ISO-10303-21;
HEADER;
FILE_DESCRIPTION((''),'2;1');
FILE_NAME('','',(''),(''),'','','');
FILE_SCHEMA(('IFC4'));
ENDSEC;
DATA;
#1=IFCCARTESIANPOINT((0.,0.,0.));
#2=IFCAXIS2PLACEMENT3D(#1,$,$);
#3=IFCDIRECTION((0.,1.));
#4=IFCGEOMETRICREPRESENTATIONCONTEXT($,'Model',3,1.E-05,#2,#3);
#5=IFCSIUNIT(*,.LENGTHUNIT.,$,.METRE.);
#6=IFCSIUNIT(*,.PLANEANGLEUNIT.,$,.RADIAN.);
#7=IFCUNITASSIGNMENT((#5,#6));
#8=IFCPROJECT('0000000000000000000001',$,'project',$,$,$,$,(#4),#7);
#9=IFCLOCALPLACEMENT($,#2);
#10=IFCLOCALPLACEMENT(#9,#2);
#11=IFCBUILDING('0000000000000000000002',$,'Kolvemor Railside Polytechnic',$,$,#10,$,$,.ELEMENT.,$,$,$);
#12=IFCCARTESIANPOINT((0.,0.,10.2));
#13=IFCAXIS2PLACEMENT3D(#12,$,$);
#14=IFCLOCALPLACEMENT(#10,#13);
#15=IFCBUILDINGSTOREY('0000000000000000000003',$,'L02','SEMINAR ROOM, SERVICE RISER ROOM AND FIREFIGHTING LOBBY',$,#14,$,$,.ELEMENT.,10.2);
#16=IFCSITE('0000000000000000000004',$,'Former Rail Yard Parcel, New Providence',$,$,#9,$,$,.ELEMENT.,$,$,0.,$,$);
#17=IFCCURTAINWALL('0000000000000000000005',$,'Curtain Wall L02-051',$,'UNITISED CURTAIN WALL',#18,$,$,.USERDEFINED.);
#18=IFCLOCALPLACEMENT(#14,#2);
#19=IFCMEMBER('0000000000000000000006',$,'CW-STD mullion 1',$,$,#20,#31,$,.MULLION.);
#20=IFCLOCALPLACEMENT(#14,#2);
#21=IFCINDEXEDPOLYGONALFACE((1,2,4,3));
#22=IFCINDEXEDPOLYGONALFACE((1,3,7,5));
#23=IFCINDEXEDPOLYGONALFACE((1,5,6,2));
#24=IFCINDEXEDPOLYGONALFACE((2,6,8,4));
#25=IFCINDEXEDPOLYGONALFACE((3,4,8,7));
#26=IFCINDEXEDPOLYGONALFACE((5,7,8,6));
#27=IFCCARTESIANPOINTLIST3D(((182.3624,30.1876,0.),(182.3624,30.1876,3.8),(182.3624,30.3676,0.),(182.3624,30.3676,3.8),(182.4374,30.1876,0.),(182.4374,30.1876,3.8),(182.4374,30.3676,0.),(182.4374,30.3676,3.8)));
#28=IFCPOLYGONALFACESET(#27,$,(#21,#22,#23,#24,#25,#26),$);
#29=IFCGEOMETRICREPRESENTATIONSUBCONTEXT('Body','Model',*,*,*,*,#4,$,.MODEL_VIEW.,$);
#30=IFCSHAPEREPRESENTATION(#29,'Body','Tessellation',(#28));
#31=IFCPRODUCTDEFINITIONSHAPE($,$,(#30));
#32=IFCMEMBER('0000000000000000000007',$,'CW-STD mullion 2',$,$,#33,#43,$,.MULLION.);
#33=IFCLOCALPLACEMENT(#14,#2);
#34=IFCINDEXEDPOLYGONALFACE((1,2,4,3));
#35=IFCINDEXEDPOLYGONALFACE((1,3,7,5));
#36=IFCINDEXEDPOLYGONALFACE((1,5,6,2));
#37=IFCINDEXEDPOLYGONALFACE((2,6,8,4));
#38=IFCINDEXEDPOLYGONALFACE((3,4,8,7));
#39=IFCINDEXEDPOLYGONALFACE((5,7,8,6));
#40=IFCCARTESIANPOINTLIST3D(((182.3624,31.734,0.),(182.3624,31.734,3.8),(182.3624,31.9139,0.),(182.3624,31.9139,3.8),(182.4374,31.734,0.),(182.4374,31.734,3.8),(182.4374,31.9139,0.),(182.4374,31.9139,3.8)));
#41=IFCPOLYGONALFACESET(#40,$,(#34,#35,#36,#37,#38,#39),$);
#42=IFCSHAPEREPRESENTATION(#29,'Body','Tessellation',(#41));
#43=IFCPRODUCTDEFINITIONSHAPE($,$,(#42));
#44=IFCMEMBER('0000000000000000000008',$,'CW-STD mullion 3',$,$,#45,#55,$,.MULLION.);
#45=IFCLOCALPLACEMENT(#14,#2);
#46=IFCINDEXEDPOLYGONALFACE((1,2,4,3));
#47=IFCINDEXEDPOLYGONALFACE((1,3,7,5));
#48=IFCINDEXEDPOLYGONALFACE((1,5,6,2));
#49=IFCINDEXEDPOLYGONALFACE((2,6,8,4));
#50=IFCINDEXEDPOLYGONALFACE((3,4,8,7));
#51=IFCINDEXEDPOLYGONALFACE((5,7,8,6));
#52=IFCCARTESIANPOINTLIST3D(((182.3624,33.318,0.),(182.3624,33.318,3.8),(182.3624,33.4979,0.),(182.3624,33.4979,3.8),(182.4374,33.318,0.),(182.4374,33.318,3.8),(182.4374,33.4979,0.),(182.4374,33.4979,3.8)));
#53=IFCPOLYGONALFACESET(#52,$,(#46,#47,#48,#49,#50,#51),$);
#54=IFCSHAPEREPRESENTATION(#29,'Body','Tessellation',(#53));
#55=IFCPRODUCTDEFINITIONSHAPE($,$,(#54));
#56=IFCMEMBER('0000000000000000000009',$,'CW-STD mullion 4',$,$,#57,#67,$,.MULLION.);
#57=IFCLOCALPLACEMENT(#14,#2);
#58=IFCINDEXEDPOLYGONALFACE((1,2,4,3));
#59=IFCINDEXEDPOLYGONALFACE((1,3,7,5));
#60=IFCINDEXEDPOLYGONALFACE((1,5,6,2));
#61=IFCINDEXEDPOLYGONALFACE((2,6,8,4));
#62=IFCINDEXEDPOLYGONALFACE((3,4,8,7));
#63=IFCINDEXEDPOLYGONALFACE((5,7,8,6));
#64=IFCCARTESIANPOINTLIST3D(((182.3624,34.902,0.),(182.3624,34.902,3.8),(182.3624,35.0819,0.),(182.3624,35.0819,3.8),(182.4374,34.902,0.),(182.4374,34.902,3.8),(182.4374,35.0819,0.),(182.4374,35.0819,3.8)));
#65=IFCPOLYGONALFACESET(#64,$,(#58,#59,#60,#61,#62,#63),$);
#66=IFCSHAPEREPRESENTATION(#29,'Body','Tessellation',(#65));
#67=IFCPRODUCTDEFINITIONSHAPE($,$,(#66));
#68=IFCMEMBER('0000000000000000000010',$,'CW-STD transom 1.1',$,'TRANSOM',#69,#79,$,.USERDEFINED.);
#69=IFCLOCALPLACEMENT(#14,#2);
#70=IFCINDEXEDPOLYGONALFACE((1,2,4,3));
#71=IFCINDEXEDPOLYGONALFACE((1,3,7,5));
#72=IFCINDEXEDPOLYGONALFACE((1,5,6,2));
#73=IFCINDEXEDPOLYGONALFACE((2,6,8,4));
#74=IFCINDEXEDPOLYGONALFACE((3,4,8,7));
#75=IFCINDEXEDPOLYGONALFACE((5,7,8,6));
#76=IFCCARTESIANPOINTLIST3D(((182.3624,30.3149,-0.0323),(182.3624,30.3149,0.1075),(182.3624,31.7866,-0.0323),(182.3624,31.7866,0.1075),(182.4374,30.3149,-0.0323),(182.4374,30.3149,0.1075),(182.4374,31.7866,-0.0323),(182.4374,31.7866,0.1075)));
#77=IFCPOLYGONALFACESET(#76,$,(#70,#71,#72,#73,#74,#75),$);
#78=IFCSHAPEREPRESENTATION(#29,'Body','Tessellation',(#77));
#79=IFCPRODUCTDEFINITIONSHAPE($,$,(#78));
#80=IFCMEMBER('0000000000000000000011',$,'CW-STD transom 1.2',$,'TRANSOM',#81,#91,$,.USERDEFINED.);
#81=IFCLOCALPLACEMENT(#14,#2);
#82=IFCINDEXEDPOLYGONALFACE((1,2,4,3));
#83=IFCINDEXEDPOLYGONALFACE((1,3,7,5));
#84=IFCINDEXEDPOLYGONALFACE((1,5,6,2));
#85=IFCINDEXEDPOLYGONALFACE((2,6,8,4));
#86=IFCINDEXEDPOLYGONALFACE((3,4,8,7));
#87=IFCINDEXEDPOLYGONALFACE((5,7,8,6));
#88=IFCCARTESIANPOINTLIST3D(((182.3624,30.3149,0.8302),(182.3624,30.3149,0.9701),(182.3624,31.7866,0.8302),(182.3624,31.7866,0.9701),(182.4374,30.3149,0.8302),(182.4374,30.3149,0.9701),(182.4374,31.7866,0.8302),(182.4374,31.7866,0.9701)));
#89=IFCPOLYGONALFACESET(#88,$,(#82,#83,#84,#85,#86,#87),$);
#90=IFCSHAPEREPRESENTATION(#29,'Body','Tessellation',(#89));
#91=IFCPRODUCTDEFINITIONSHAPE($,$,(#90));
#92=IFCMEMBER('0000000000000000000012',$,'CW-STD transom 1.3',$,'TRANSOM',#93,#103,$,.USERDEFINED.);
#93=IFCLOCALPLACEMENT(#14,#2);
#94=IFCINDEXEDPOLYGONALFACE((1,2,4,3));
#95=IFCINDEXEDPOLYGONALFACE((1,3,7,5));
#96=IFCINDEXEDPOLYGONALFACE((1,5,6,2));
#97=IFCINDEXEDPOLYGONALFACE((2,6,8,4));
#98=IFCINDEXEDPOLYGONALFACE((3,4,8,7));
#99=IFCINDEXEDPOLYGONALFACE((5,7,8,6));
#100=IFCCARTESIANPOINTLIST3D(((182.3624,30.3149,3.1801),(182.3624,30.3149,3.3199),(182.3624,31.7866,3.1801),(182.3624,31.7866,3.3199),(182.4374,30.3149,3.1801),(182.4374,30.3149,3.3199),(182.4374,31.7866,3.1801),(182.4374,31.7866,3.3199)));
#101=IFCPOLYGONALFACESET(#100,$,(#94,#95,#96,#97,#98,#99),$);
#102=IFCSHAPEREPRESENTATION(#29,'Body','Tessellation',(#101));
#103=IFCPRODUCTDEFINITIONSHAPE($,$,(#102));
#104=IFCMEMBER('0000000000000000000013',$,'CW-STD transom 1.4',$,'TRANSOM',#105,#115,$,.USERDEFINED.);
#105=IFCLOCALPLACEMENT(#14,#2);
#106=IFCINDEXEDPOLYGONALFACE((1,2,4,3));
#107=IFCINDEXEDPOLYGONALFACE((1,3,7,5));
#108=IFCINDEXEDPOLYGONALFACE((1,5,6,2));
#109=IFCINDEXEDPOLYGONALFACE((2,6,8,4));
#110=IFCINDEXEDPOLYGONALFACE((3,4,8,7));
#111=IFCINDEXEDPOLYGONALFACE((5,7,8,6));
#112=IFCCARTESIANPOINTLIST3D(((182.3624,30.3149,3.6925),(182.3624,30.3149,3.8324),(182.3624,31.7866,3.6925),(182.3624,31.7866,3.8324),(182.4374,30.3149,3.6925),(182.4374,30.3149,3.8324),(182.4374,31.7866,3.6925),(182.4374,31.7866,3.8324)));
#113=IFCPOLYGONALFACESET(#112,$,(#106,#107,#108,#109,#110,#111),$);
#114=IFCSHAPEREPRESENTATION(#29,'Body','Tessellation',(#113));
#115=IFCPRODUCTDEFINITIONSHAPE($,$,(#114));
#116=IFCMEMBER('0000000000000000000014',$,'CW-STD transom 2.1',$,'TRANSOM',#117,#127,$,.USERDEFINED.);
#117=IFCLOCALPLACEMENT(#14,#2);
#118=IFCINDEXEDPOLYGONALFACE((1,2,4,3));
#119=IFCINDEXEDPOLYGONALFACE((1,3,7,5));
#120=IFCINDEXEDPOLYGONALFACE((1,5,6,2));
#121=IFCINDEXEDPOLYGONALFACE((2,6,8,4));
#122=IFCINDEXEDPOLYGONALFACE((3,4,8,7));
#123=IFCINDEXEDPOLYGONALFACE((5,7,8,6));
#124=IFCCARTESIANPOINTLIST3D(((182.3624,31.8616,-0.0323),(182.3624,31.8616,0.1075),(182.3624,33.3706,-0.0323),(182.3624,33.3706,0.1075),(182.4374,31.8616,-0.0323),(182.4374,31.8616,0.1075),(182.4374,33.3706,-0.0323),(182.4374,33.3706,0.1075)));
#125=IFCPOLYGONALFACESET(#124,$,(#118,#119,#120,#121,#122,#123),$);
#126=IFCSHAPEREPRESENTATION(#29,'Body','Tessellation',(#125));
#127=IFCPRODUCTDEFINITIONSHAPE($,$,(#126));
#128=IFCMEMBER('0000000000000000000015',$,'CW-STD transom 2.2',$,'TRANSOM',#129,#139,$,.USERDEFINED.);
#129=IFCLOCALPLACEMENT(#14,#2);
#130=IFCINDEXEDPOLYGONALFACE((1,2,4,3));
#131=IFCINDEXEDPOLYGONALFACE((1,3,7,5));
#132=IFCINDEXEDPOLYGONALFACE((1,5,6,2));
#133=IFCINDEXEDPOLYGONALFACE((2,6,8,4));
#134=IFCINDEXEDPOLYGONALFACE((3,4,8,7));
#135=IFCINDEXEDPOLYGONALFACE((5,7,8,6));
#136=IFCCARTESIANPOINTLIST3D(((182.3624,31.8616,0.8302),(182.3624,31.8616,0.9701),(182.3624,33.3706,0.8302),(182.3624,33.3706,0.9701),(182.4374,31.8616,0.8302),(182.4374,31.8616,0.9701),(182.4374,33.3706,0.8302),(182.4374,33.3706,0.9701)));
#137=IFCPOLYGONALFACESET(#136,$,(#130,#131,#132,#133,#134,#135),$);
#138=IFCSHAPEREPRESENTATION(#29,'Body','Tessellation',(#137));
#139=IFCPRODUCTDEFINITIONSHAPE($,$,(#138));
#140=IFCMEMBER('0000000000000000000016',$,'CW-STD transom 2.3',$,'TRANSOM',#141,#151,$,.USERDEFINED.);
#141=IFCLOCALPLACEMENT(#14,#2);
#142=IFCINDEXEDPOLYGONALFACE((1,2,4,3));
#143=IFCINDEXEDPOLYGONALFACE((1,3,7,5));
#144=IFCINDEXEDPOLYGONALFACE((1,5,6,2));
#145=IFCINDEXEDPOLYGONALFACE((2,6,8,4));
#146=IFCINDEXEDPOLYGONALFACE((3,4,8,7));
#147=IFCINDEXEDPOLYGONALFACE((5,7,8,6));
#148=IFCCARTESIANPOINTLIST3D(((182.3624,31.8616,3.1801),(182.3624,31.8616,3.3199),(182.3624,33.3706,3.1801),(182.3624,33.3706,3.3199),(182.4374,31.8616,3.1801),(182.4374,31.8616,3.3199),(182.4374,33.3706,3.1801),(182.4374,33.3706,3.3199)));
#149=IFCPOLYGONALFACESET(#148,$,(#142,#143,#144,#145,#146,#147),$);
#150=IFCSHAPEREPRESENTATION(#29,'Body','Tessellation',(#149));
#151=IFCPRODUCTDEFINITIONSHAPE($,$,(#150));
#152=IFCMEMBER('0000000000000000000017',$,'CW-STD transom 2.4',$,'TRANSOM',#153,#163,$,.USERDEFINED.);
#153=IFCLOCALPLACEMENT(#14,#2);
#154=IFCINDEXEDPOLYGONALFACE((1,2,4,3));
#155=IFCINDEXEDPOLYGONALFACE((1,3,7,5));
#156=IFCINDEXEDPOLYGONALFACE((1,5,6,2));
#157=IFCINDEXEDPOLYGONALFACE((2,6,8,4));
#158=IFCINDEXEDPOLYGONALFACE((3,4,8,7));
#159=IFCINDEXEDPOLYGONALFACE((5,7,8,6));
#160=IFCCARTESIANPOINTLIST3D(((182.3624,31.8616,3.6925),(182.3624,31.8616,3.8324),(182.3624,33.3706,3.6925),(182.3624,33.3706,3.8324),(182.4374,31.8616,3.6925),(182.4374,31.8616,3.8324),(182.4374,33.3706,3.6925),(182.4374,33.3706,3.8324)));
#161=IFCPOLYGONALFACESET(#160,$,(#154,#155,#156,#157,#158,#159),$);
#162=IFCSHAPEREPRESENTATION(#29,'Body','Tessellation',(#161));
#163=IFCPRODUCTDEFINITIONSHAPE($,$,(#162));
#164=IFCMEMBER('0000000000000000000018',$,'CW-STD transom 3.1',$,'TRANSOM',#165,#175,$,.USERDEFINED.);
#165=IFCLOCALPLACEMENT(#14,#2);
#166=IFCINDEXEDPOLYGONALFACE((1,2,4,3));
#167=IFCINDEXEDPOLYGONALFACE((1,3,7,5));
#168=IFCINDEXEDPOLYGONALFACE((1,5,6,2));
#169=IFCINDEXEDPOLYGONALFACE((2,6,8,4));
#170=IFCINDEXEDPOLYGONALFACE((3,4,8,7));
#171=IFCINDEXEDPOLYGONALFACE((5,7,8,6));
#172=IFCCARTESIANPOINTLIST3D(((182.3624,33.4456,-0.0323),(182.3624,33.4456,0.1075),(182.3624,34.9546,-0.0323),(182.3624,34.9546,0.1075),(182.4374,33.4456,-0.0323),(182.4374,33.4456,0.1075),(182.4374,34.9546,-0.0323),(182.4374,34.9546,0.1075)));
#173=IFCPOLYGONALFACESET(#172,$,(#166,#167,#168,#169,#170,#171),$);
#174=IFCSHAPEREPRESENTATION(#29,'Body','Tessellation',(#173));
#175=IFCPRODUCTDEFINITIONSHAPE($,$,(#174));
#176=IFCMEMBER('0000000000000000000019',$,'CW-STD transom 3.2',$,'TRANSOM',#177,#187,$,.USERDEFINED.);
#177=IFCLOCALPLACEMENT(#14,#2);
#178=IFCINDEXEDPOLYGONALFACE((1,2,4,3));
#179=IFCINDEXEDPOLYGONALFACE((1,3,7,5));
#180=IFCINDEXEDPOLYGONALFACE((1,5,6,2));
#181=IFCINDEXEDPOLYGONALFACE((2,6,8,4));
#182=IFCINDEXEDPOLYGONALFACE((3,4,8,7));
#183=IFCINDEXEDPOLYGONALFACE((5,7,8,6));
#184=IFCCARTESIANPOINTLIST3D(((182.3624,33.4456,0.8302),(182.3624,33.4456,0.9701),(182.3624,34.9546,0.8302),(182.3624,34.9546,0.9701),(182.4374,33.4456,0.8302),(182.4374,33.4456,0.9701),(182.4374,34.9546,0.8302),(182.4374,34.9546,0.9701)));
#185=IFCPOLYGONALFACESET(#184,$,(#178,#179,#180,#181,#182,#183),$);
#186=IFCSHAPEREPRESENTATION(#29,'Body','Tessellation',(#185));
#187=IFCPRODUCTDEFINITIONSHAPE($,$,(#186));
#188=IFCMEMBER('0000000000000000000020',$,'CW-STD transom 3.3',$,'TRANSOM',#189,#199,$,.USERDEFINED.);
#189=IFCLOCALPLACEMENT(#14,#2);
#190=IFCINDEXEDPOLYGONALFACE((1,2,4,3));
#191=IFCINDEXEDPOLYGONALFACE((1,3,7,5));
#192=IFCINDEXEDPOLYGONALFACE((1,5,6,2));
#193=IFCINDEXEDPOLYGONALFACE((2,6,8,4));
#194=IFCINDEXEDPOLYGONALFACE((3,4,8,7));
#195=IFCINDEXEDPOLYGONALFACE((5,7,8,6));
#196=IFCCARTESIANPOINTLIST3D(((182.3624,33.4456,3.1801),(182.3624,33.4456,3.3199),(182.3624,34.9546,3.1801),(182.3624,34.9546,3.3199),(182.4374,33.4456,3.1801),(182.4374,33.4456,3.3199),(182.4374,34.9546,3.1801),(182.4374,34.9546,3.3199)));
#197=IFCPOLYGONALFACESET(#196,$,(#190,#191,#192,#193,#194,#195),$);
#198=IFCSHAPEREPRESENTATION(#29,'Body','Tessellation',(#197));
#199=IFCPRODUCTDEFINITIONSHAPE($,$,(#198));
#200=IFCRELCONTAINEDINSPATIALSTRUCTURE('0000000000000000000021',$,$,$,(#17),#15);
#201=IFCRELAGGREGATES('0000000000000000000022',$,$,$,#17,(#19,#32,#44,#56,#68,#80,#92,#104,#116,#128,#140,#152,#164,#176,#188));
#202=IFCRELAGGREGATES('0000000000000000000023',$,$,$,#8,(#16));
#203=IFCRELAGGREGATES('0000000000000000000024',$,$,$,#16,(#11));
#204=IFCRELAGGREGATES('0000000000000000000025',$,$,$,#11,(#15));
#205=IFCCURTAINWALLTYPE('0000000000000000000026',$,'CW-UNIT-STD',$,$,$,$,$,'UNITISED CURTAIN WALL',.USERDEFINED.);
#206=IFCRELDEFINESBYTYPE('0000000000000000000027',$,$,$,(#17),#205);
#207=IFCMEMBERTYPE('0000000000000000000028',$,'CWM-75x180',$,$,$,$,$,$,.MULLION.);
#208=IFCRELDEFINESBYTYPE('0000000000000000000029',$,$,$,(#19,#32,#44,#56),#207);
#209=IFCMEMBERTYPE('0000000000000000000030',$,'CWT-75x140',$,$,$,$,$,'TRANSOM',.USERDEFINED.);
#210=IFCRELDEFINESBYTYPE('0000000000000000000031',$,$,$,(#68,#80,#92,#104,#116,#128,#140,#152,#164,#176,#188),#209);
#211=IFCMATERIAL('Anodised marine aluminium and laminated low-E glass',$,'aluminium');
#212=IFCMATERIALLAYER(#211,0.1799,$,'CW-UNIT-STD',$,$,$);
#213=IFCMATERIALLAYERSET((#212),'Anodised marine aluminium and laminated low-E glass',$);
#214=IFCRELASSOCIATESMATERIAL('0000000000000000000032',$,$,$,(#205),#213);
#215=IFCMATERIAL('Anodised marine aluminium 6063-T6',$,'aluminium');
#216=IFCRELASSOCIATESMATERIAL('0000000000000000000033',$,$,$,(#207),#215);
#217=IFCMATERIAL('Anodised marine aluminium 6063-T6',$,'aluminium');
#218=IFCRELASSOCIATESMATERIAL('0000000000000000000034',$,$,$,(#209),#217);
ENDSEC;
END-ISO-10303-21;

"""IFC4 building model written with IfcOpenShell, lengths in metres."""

from ifc_helpers import new_model, si_unit, direction, frame, origin, origin_2d, place, context, subcontext, project, spatial, rectangle, extrude, material, layer, layer_set, material_profile, profile_set, type_object, element, aggregate, save


model = new_model("IFC4")

# Units and contexts
model_context = context("Model", 3, precision=1e-05, world=origin(), true_north=direction((0.0, 1.0)))
body_context = subcontext(model_context, "Body", "Model", "MODEL_VIEW")
ifc_project = project(units=[si_unit("LENGTHUNIT", "METRE"), si_unit("PLANEANGLEUNIT", "RADIAN")], contexts=[model_context])

# Site, building, storey
site_placement = place(None, origin())
site = spatial("IfcSite", under=ifc_project, at=site_placement, Name="Former Rail Yard Parcel, New Providence", CompositionType="ELEMENT", RefElevation=0.0)
building_placement = place(site_placement, origin())
building = spatial("IfcBuilding", under=site, at=building_placement, Name="Kolvemor Railside Polytechnic", CompositionType="ELEMENT")
storey_placement = place(building_placement, frame((0.0, 0.0, 10.2)))
storey = spatial("IfcBuildingStorey", under=building, at=storey_placement, Name="L02", Description="SEMINAR ROOM, SERVICE RISER ROOM AND FIREFIGHTING LOBBY", CompositionType="ELEMENT", Elevation=10.2)

# Curtain wall, members
ifc_material_1 = material(Name="Anodised marine aluminium and laminated low-E glass", Category="aluminium")
ifc_layer_1 = layer(ifc_material_1, 0.1799, Name="CW-UNIT-STD")
ifc_layer_set_1 = layer_set([ifc_layer_1], Name="Anodised marine aluminium and laminated low-E glass")
curtain_wall_type = type_object("IfcCurtainWallType", Name="CW-UNIT-STD", ElementType="UNITISED CURTAIN WALL", PredefinedType="USERDEFINED", material=ifc_layer_set_1)
curtain_wall_placement = place(storey_placement, origin())
curtain_wall = element("IfcCurtainWall", 1, at=curtain_wall_placement, inside=storey, type_object=curtain_wall_type, Name="Curtain Wall L02-051", ObjectType="UNITISED CURTAIN WALL", PredefinedType="USERDEFINED")
ifc_material_2 = material(Name="Anodised marine aluminium 6063-T6", Category="aluminium")
ifc_material_profile_1 = material_profile(ifc_material_2, rectangle(XDim=0.075, YDim=0.1799, at=origin_2d()), Name="CW-MUL-75x180")
ifc_profile_set_1 = profile_set([ifc_material_profile_1], Name="Anodised marine aluminium 6063-T6")
member_type_1 = type_object("IfcMemberType", Name="CWM-75x180", PredefinedType="MULLION", material=ifc_profile_set_1)
member_1_placement = place(storey_placement, frame((182.3999, 30.2776, 0.0), z_axis=(0.0, 0.0, 1.0), x_axis=(-1.0, 0.0, 0.0)))
member_1 = element("IfcMember", 2, at=member_1_placement, type_object=member_type_1, Name="CW-STD mullion 1", PredefinedType="MULLION", context=body_context, shape_type="SweptSolid", body=[
    extrude(rectangle(XDim=0.075, YDim=0.1799, at=origin_2d()), origin(), (0.0, 0.0, 1.0), 3.8),
])
member_2_placement = place(storey_placement, frame((182.3999, 31.824, 0.0), z_axis=(0.0, 0.0, 1.0), x_axis=(-1.0, 0.0, 0.0)))
member_2 = element("IfcMember", 3, at=member_2_placement, type_object=member_type_1, Name="CW-STD mullion 2", PredefinedType="MULLION", context=body_context, shape_type="SweptSolid", body=[
    extrude(rectangle(XDim=0.075, YDim=0.1799, at=origin_2d()), origin(), (0.0, 0.0, 1.0), 3.8),
])
member_3_placement = place(storey_placement, frame((182.3999, 33.408, 0.0), z_axis=(0.0, 0.0, 1.0), x_axis=(-1.0, 0.0, 0.0)))
member_3 = element("IfcMember", 4, at=member_3_placement, type_object=member_type_1, Name="CW-STD mullion 3", PredefinedType="MULLION", context=body_context, shape_type="SweptSolid", body=[
    extrude(rectangle(XDim=0.075, YDim=0.1799, at=origin_2d()), origin(), (0.0, 0.0, 1.0), 3.8),
])
member_4_placement = place(storey_placement, frame((182.3999, 34.9919, 0.0), z_axis=(0.0, 0.0, 1.0), x_axis=(-1.0, 0.0, 0.0)))
member_4 = element("IfcMember", 5, at=member_4_placement, type_object=member_type_1, Name="CW-STD mullion 4", PredefinedType="MULLION", context=body_context, shape_type="SweptSolid", body=[
    extrude(rectangle(XDim=0.075, YDim=0.1799, at=origin_2d()), origin(), (0.0, 0.0, 1.0), 3.8),
])
ifc_material_3 = material(Name="Anodised marine aluminium 6063-T6", Category="aluminium")
ifc_material_profile_2 = material_profile(ifc_material_3, rectangle(XDim=0.075, YDim=0.1399, at=origin_2d()), Name="CW-TRN-75x140")
ifc_profile_set_2 = profile_set([ifc_material_profile_2], Name="Anodised marine aluminium 6063-T6")
member_type_2 = type_object("IfcMemberType", Name="CWT-75x140", ElementType="TRANSOM", PredefinedType="USERDEFINED", material=ifc_profile_set_2)
member_5_placement = place(storey_placement, frame((182.3999, 30.3149, 0.0376), z_axis=(0.0, 1.0, 0.0), x_axis=(-1.0, 0.0, 0.0)))
member_5 = element("IfcMember", 6, at=member_5_placement, type_object=member_type_2, Name="CW-STD transom 1.1", ObjectType="TRANSOM", PredefinedType="USERDEFINED", context=body_context, shape_type="SweptSolid", body=[
    extrude(rectangle(XDim=0.075, YDim=0.1399, at=origin_2d()), origin(), (0.0, 0.0, 1.0), 1.4717),
])
member_6_placement = place(storey_placement, frame((182.3999, 30.3149, 0.9001), z_axis=(0.0, 1.0, 0.0), x_axis=(-1.0, 0.0, 0.0)))
member_6 = element("IfcMember", 7, at=member_6_placement, type_object=member_type_2, Name="CW-STD transom 1.2", ObjectType="TRANSOM", PredefinedType="USERDEFINED", context=body_context, shape_type="SweptSolid", body=[
    extrude(rectangle(XDim=0.075, YDim=0.1399, at=origin_2d()), origin(), (0.0, 0.0, 1.0), 1.4717),
])
member_7_placement = place(storey_placement, frame((182.3999, 30.3149, 3.25), z_axis=(0.0, 1.0, 0.0), x_axis=(-1.0, 0.0, 0.0)))
member_7 = element("IfcMember", 8, at=member_7_placement, type_object=member_type_2, Name="CW-STD transom 1.3", ObjectType="TRANSOM", PredefinedType="USERDEFINED", context=body_context, shape_type="SweptSolid", body=[
    extrude(rectangle(XDim=0.075, YDim=0.1399, at=origin_2d()), origin(), (0.0, 0.0, 1.0), 1.4717),
])
member_8_placement = place(storey_placement, frame((182.3999, 30.3149, 3.7625), z_axis=(0.0, 1.0, 0.0), x_axis=(-1.0, 0.0, 0.0)))
member_8 = element("IfcMember", 9, at=member_8_placement, type_object=member_type_2, Name="CW-STD transom 1.4", ObjectType="TRANSOM", PredefinedType="USERDEFINED", context=body_context, shape_type="SweptSolid", body=[
    extrude(rectangle(XDim=0.075, YDim=0.1399, at=origin_2d()), origin(), (0.0, 0.0, 1.0), 1.4717),
])
member_9_placement = place(storey_placement, frame((182.3999, 31.8616, 0.0376), z_axis=(0.0, 1.0, 0.0), x_axis=(-1.0, 0.0, 0.0)))
member_9 = element("IfcMember", 10, at=member_9_placement, type_object=member_type_2, Name="CW-STD transom 2.1", ObjectType="TRANSOM", PredefinedType="USERDEFINED", context=body_context, shape_type="SweptSolid", body=[
    extrude(rectangle(XDim=0.075, YDim=0.1399, at=origin_2d()), origin(), (0.0, 0.0, 1.0), 1.509),
])
member_10_placement = place(storey_placement, frame((182.3999, 31.8616, 0.9001), z_axis=(0.0, 1.0, 0.0), x_axis=(-1.0, 0.0, 0.0)))
member_10 = element("IfcMember", 11, at=member_10_placement, type_object=member_type_2, Name="CW-STD transom 2.2", ObjectType="TRANSOM", PredefinedType="USERDEFINED", context=body_context, shape_type="SweptSolid", body=[
    extrude(rectangle(XDim=0.075, YDim=0.1399, at=origin_2d()), origin(), (0.0, 0.0, 1.0), 1.509),
])
member_11_placement = place(storey_placement, frame((182.3999, 31.8616, 3.25), z_axis=(0.0, 1.0, 0.0), x_axis=(-1.0, 0.0, 0.0)))
member_11 = element("IfcMember", 12, at=member_11_placement, type_object=member_type_2, Name="CW-STD transom 2.3", ObjectType="TRANSOM", PredefinedType="USERDEFINED", context=body_context, shape_type="SweptSolid", body=[
    extrude(rectangle(XDim=0.075, YDim=0.1399, at=origin_2d()), origin(), (0.0, 0.0, 1.0), 1.509),
])
member_12_placement = place(storey_placement, frame((182.3999, 31.8616, 3.7625), z_axis=(0.0, 1.0, 0.0), x_axis=(-1.0, 0.0, 0.0)))
member_12 = element("IfcMember", 13, at=member_12_placement, type_object=member_type_2, Name="CW-STD transom 2.4", ObjectType="TRANSOM", PredefinedType="USERDEFINED", context=body_context, shape_type="SweptSolid", body=[
    extrude(rectangle(XDim=0.075, YDim=0.1399, at=origin_2d()), origin(), (0.0, 0.0, 1.0), 1.509),
])
member_13_placement = place(storey_placement, frame((182.3999, 33.4456, 0.0376), z_axis=(0.0, 1.0, 0.0), x_axis=(-1.0, 0.0, 0.0)))
member_13 = element("IfcMember", 14, at=member_13_placement, type_object=member_type_2, Name="CW-STD transom 3.1", ObjectType="TRANSOM", PredefinedType="USERDEFINED", context=body_context, shape_type="SweptSolid", body=[
    extrude(rectangle(XDim=0.075, YDim=0.1399, at=origin_2d()), origin(), (0.0, 0.0, 1.0), 1.509),
])
member_14_placement = place(storey_placement, frame((182.3999, 33.4456, 0.9001), z_axis=(0.0, 1.0, 0.0), x_axis=(-1.0, 0.0, 0.0)))
member_14 = element("IfcMember", 15, at=member_14_placement, type_object=member_type_2, Name="CW-STD transom 3.2", ObjectType="TRANSOM", PredefinedType="USERDEFINED", context=body_context, shape_type="SweptSolid", body=[
    extrude(rectangle(XDim=0.075, YDim=0.1399, at=origin_2d()), origin(), (0.0, 0.0, 1.0), 1.509),
])
member_15_placement = place(storey_placement, frame((182.3999, 33.4456, 3.25), z_axis=(0.0, 1.0, 0.0), x_axis=(-1.0, 0.0, 0.0)))
member_15 = element("IfcMember", 16, at=member_15_placement, type_object=member_type_2, Name="CW-STD transom 3.3", ObjectType="TRANSOM", PredefinedType="USERDEFINED", context=body_context, shape_type="SweptSolid", body=[
    extrude(rectangle(XDim=0.075, YDim=0.1399, at=origin_2d()), origin(), (0.0, 0.0, 1.0), 1.509),
])
aggregate(curtain_wall, [member_1, member_2, member_3, member_4, member_5, member_6, member_7, member_8, member_9, member_10, member_11, member_12, member_13, member_14, member_15])

save(model, "model.ifc")
